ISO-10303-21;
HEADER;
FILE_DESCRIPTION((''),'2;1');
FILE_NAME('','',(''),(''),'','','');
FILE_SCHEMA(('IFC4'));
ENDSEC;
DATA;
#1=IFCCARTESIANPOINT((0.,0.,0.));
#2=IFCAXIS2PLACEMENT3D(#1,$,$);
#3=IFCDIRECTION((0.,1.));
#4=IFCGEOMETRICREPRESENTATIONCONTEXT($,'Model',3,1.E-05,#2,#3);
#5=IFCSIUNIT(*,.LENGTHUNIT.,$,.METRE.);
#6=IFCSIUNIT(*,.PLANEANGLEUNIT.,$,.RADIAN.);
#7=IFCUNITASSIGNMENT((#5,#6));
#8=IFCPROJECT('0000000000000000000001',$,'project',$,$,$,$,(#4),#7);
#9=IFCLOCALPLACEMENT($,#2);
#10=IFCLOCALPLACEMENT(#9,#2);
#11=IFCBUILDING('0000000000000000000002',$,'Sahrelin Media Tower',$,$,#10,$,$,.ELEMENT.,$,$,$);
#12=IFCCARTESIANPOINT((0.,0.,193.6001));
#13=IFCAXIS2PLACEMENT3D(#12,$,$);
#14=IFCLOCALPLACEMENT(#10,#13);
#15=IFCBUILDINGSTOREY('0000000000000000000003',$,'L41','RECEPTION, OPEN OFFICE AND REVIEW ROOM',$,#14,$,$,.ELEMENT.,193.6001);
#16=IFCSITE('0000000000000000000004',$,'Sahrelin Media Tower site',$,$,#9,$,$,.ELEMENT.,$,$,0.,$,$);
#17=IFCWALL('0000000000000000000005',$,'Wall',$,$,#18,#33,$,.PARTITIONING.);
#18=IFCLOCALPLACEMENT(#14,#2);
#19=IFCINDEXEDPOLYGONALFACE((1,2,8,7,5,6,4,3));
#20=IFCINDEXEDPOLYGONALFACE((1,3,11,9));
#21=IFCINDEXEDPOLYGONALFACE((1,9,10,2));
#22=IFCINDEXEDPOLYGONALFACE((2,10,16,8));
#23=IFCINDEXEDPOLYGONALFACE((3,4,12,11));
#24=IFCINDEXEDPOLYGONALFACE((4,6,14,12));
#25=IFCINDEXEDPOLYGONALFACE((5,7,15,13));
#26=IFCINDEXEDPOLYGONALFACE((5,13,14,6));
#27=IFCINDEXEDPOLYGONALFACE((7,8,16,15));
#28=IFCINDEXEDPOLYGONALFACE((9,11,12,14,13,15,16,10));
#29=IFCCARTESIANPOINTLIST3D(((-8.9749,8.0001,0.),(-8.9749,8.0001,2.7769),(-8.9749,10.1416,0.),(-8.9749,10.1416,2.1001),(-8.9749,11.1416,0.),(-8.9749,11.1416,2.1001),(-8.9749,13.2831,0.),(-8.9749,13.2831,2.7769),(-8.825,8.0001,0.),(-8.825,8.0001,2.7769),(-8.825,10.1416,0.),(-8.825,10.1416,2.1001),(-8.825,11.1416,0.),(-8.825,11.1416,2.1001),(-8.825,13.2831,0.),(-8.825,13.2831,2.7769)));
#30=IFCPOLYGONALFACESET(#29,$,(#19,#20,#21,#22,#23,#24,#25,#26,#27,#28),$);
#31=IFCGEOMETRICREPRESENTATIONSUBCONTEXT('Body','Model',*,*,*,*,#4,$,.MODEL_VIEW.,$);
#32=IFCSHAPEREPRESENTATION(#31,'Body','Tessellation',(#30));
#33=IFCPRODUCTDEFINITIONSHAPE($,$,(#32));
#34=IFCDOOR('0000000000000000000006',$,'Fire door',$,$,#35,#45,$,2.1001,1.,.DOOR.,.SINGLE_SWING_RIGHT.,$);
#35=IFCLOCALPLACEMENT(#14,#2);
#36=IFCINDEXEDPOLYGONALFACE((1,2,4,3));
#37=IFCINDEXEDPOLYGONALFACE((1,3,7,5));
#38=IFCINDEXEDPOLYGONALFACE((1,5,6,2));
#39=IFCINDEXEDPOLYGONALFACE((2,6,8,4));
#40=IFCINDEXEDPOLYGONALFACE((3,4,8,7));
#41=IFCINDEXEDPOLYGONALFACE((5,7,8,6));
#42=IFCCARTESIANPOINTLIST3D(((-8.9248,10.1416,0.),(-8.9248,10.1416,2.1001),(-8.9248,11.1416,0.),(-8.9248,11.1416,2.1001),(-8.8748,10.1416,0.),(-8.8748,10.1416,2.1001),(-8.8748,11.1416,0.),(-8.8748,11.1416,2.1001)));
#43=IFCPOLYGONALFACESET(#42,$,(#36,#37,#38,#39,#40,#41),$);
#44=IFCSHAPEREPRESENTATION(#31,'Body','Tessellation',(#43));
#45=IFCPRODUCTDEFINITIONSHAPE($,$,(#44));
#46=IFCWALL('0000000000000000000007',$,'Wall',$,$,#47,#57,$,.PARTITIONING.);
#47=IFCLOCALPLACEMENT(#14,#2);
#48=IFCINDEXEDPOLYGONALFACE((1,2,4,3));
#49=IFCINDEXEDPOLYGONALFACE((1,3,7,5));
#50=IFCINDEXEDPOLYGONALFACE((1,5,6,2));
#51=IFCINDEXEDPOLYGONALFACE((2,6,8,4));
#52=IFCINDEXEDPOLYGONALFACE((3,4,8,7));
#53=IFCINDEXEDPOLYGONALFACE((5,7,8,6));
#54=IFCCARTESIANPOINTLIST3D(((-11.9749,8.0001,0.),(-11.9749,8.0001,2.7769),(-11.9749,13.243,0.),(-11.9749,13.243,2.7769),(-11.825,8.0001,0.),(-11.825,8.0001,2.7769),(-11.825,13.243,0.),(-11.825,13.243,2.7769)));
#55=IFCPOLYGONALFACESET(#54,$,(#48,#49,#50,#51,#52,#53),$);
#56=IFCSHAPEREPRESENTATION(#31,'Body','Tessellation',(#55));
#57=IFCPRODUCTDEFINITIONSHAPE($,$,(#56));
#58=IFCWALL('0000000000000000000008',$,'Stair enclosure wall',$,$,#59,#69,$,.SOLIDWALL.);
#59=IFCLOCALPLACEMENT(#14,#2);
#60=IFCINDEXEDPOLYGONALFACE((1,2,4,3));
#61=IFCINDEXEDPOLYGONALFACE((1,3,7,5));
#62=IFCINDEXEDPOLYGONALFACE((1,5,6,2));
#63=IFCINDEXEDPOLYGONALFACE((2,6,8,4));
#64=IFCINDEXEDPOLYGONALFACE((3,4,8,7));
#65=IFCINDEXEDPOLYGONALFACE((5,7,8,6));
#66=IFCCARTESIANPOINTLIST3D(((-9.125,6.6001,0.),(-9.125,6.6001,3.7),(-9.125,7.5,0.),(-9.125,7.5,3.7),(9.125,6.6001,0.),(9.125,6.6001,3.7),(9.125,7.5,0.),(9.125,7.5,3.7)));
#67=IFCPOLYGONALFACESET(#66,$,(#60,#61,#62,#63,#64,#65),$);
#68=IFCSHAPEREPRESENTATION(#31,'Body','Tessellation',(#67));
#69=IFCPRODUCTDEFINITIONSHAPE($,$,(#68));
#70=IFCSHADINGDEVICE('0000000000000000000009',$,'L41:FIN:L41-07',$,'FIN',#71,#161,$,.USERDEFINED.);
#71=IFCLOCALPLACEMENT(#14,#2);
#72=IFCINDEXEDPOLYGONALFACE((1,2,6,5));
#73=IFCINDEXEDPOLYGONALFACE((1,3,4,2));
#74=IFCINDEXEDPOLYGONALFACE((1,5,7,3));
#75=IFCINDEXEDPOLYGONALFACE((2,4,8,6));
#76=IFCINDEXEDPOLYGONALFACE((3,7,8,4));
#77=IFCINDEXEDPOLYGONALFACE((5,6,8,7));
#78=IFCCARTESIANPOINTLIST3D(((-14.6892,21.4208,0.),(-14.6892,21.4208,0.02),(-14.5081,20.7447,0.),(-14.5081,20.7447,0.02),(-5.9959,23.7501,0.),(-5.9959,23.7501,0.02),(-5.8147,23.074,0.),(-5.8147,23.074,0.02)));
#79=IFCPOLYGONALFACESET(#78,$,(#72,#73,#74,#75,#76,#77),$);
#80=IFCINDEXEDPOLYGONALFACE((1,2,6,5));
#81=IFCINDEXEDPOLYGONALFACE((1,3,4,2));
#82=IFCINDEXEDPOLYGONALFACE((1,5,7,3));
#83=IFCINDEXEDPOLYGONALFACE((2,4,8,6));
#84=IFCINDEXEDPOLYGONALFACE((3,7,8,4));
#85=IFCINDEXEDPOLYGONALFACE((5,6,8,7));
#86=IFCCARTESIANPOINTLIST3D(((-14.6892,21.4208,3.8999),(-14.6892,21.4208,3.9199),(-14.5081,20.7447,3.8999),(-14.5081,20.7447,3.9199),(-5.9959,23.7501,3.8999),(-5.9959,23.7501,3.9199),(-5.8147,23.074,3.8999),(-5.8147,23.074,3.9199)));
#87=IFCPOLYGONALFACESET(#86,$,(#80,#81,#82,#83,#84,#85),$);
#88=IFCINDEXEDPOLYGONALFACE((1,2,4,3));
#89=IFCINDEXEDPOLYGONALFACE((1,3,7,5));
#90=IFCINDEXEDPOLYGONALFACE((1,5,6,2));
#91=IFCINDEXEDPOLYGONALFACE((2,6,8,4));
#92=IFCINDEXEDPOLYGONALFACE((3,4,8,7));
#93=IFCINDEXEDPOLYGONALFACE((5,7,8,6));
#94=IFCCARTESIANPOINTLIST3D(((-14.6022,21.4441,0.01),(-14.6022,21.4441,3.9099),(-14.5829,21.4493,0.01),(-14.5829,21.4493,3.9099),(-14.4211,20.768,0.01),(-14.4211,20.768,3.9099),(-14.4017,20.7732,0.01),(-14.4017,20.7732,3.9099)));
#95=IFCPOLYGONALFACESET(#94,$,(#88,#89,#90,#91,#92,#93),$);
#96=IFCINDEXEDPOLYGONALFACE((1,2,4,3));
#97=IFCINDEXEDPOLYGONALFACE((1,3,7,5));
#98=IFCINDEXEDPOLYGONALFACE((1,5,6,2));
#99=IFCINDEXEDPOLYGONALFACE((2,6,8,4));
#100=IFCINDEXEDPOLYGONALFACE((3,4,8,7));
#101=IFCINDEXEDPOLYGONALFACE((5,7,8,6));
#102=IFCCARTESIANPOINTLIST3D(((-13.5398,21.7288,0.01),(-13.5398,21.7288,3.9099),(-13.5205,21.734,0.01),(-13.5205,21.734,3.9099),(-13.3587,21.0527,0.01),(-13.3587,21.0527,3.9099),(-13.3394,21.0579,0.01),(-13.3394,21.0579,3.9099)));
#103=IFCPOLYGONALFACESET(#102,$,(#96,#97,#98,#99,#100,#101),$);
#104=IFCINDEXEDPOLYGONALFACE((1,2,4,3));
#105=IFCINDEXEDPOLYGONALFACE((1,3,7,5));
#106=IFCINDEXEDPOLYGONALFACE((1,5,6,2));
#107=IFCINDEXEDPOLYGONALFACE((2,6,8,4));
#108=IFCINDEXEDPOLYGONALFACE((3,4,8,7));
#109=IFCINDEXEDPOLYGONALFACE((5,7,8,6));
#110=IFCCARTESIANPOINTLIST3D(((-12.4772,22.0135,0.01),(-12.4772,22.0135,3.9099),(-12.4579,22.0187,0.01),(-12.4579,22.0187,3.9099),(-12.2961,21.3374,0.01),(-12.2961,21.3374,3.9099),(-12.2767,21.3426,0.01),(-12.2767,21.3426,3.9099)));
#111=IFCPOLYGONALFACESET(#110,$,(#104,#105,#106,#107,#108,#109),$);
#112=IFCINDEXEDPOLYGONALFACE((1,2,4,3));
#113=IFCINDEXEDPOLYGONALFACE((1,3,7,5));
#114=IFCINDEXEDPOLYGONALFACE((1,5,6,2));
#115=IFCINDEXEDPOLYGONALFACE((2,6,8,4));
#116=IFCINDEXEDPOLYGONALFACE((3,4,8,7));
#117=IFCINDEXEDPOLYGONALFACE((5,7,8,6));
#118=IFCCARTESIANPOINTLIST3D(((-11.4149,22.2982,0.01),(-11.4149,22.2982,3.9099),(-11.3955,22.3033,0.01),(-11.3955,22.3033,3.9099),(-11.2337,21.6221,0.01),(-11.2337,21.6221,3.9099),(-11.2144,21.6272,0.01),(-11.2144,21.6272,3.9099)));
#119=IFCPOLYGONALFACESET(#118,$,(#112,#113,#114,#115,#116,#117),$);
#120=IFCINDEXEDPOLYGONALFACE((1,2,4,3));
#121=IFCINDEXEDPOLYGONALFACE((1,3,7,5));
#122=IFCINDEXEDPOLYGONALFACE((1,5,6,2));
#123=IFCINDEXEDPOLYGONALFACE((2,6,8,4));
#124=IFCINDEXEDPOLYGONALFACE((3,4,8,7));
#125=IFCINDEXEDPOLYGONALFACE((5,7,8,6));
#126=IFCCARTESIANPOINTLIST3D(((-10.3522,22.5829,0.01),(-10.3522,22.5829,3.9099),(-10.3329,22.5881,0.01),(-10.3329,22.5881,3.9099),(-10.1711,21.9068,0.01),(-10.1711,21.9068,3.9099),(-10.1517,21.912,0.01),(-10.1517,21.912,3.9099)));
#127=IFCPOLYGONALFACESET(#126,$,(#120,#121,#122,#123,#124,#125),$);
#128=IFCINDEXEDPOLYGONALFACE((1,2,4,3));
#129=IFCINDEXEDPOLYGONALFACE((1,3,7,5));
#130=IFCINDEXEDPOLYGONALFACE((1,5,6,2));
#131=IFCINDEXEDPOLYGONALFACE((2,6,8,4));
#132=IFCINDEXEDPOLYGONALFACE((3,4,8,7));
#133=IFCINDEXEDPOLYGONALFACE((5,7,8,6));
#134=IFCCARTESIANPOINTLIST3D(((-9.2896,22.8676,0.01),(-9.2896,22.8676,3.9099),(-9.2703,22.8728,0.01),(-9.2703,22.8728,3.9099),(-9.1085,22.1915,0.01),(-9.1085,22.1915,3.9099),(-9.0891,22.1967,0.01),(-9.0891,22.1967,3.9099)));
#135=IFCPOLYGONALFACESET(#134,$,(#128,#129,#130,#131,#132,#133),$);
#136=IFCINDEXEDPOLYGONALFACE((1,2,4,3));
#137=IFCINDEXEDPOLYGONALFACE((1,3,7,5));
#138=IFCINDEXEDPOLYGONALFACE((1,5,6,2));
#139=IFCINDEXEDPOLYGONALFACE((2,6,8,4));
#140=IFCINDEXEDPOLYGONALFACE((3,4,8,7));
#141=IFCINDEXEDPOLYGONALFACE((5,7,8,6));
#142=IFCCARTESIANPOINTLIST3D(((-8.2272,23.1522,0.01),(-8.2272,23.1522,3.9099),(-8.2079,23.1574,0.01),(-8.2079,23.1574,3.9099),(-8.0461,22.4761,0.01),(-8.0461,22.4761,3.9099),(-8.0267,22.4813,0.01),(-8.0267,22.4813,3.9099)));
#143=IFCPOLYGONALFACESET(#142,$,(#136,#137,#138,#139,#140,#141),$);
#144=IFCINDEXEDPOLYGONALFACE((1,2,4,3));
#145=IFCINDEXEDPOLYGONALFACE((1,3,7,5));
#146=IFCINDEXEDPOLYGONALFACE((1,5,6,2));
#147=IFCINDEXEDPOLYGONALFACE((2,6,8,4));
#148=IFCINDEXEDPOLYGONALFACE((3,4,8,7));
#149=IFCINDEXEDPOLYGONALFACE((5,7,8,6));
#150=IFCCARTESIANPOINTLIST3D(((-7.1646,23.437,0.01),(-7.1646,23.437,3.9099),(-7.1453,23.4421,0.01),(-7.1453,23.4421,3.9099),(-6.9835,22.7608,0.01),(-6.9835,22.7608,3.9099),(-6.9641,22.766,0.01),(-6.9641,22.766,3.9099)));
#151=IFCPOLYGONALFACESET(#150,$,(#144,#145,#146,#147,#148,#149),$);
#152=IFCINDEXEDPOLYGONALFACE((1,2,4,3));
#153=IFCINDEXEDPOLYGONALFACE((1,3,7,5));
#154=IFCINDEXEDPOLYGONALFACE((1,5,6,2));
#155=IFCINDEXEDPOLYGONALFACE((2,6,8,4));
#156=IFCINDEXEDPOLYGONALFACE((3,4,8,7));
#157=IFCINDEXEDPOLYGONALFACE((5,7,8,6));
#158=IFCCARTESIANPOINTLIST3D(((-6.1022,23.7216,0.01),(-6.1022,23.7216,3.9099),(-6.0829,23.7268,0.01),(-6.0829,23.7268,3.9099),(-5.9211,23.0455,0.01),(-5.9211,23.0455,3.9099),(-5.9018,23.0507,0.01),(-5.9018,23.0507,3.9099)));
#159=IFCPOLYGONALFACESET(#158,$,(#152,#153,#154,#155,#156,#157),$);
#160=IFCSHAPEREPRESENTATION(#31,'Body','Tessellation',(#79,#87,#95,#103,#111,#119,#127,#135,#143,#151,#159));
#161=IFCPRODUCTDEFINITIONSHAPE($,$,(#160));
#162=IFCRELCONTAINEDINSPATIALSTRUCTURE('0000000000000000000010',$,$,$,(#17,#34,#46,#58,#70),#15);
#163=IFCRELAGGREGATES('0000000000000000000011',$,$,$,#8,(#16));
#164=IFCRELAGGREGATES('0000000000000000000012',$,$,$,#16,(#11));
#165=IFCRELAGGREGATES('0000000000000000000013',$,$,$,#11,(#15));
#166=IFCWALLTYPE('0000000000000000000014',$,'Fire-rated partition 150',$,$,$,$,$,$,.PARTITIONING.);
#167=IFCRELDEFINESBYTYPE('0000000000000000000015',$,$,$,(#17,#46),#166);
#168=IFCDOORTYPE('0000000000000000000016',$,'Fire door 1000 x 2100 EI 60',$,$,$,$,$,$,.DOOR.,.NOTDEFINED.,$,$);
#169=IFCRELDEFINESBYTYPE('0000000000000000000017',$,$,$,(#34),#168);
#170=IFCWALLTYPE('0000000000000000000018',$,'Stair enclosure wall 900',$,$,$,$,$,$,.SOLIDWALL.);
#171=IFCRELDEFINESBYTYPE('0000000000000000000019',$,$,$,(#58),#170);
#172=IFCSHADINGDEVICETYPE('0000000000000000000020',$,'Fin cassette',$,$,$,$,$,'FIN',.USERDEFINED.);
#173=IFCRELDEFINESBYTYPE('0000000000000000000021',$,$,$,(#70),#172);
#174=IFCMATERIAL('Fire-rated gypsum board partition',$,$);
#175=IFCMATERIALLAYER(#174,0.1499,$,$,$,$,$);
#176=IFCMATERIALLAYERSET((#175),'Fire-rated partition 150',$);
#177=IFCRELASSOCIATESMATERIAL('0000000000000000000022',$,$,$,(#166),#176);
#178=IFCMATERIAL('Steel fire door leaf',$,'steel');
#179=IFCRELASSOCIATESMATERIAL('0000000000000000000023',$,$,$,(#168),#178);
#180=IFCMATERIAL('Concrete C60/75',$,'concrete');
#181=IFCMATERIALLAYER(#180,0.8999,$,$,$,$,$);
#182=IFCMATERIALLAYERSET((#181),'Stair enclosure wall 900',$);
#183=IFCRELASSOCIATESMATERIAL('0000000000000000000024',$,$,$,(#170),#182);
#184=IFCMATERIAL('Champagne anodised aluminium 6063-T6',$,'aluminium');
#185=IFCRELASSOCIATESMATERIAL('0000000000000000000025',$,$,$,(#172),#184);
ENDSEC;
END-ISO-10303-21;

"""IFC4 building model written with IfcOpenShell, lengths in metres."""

from ifc_helpers import new_model, si_unit, direction, frame, frame_2d, origin, origin_2d, place, context, subcontext, project, spatial, rectangle, extrude, material, layer, layer_set, type_object, element, fill, save


model = new_model("IFC4")

# Units and contexts
model_context = context("Model", 3, precision=1e-05, world=origin(), true_north=direction((0.0, 1.0)))
body_context = subcontext(model_context, "Body", "Model", "MODEL_VIEW")
ifc_project = project(units=[si_unit("LENGTHUNIT", "METRE"), si_unit("PLANEANGLEUNIT", "RADIAN")], contexts=[model_context])

# Site, building, storey
site_placement = place(None, origin())
site = spatial("IfcSite", under=ifc_project, at=site_placement, Name="Sahrelin Media Tower site", CompositionType="ELEMENT", RefElevation=0.0)
building_placement = place(site_placement, origin())
building = spatial("IfcBuilding", under=site, at=building_placement, Name="Sahrelin Media Tower", CompositionType="ELEMENT")
storey_placement = place(building_placement, frame((0.0, 0.0, 193.6001)))
storey = spatial("IfcBuildingStorey", under=building, at=storey_placement, Name="L41", Description="RECEPTION, OPEN OFFICE AND REVIEW ROOM", CompositionType="ELEMENT", Elevation=193.6001)

# Shared definitions
ifc_material_1 = material(Name="Champagne anodised aluminium 6063-T6", Category="aluminium")

# Shared definitions
ifc_material_2 = material(Name="Concrete C60/75", Category="concrete")
ifc_material_3 = material(Name="Steel fire door leaf", Category="steel")

# Shared definitions
ifc_material_4 = material(Name="Fire-rated gypsum board partition")
ifc_layer_1 = layer(ifc_material_4, 0.1499)
ifc_layer_set_1 = layer_set([ifc_layer_1], Name="Fire-rated partition 150")
wall_type_1 = type_object("IfcWallType", Name="Fire-rated partition 150", PredefinedType="PARTITIONING", material=ifc_layer_set_1)

# Wall, opening, door
door_type_1 = type_object("IfcDoorType", Name="Fire door 1000 x 2100 EI 60", OperationType="NOTDEFINED", PredefinedType="DOOR", material=ifc_material_3)
wall_1_placement = place(storey_placement, frame((-8.8999, 8.0, 0.0), z_axis=(0.0, 0.0, 1.0), x_axis=(0.0, 1.0, 0.0)))
wall_1 = element("IfcWall", 1, at=wall_1_placement, inside=storey, type_object=wall_type_1, Name="Wall", PredefinedType="PARTITIONING", context=body_context, shape_type="SweptSolid", body=[
    extrude(rectangle(XDim=5.283, YDim=0.1499, at=frame_2d((2.6416, 0.0))), origin(), (0.0, 0.0, 1.0), 2.7769),
])
opening_1_placement = place(wall_1_placement, frame((2.1416, 0.0, 0.0)))
opening_1 = element("IfcOpeningElement", 2, at=opening_1_placement, cuts=wall_1, PredefinedType="OPENING", context=body_context, shape_type="SweptSolid", body=[
    extrude(rectangle(XDim=1.0, YDim=2.1001, at=frame_2d((0.5, 1.05))), frame((0.0, 0.075, 0.0), z_axis=(0.0, -1.0, 0.0), x_axis=(1.0, 0.0, 0.0)), (0.0, 0.0, 1.0), 0.1499),
])
door_1_placement = place(opening_1_placement, origin())
door_1 = element("IfcDoor", 3, at=door_1_placement, inside=storey, type_object=door_type_1, Name="Fire door", OperationType="SINGLE_SWING_RIGHT", OverallHeight=2.1001, OverallWidth=1.0, PredefinedType="DOOR", context=body_context, shape_type="SweptSolid", body=[
    extrude(rectangle(XDim=1.0, YDim=2.1001, at=frame_2d((0.5, 1.05))), frame((0.0, 0.0249, 0.0), z_axis=(0.0, -1.0, 0.0), x_axis=(1.0, 0.0, 0.0)), (0.0, 0.0, 1.0), 0.05),
])
fill(opening_1, door_1)

# Walls
wall_2_placement = place(storey_placement, frame((-11.8999, 8.0, 0.0), z_axis=(0.0, 0.0, 1.0), x_axis=(0.0, 1.0, 0.0)))
element("IfcWall", 4, at=wall_2_placement, inside=storey, type_object=wall_type_1, Name="Wall", PredefinedType="PARTITIONING", context=body_context, shape_type="SweptSolid", body=[
    extrude(rectangle(XDim=5.2429, YDim=0.1499, at=frame_2d((2.6216, 0.0))), origin(), (0.0, 0.0, 1.0), 2.7769),
])
ifc_layer_2 = layer(ifc_material_2, 0.8999)
ifc_layer_set_2 = layer_set([ifc_layer_2], Name="Stair enclosure wall 900")
wall_type_2 = type_object("IfcWallType", Name="Stair enclosure wall 900", PredefinedType="SOLIDWALL", material=ifc_layer_set_2)
wall_3_placement = place(storey_placement, frame((-9.125, 7.05, 0.0), z_axis=(0.0, 0.0, 1.0), x_axis=(1.0, 0.0, 0.0)))
element("IfcWall", 5, at=wall_3_placement, inside=storey, type_object=wall_type_2, Name="Stair enclosure wall", PredefinedType="SOLIDWALL", context=body_context, shape_type="SweptSolid", body=[
    extrude(rectangle(XDim=18.25, YDim=0.8999, at=frame_2d((9.125, 0.0))), origin(), (0.0, 0.0, 1.0), 3.7),
])

# Shading device
shading_device_type_1 = type_object("IfcShadingDeviceType", Name="Fin cassette", ElementType="FIN", PredefinedType="USERDEFINED", material=ifc_material_1)
placement = place(storey_placement, frame((-10.1433, 21.8418, 0.0), z_axis=(0.0, 0.0, 1.0), x_axis=(0.965929, 0.258808, 0.0)))
element("IfcShadingDevice", 6, at=placement, inside=storey, type_object=shading_device_type_1, Name="L41:FIN:L41-07", ObjectType="FIN", PredefinedType="USERDEFINED", context=body_context, shape_type="SweptSolid", body=[
    extrude(rectangle(XDim=9.0, YDim=0.7, at=origin_2d()), frame((0.0, 0.4199, 0.0)), (0.0, 0.0, 1.0), 0.02),
    extrude(rectangle(XDim=9.0, YDim=0.7, at=origin_2d()), frame((0.0, 0.4199, 3.8999)), (0.0, 0.0, 1.0), 0.02),
    extrude(rectangle(XDim=0.02, YDim=0.7, at=origin_2d()), frame((-4.3999, 0.4199, 0.01), z_axis=(0.0, 0.0, 1.0), x_axis=(1.0, 0.0, 0.0)), (0.0, 0.0, 1.0), 3.8999),
    extrude(rectangle(XDim=0.02, YDim=0.7, at=origin_2d()), frame((-3.3, 0.4199, 0.01), z_axis=(0.0, 0.0, 1.0), x_axis=(1.0, 0.0, 0.0)), (0.0, 0.0, 1.0), 3.8999),
    extrude(rectangle(XDim=0.02, YDim=0.7, at=origin_2d()), frame((-2.2, 0.4199, 0.01), z_axis=(0.0, 0.0, 1.0), x_axis=(1.0, 0.0, 0.0)), (0.0, 0.0, 1.0), 3.8999),
    extrude(rectangle(XDim=0.02, YDim=0.7, at=origin_2d()), frame((-1.1001, 0.4199, 0.01), z_axis=(0.0, 0.0, 1.0), x_axis=(1.0, 0.0, 0.0)), (0.0, 0.0, 1.0), 3.8999),
    extrude(rectangle(XDim=0.02, YDim=0.7, at=origin_2d()), frame((0.0, 0.4199, 0.01), z_axis=(0.0, 0.0, 1.0), x_axis=(1.0, 0.0, 0.0)), (0.0, 0.0, 1.0), 3.8999),
    extrude(rectangle(XDim=0.02, YDim=0.7, at=origin_2d()), frame((1.1001, 0.4199, 0.01), z_axis=(0.0, 0.0, 1.0), x_axis=(1.0, 0.0, 0.0)), (0.0, 0.0, 1.0), 3.8999),
    extrude(rectangle(XDim=0.02, YDim=0.7, at=origin_2d()), frame((2.2, 0.4199, 0.01), z_axis=(0.0, 0.0, 1.0), x_axis=(1.0, 0.0, 0.0)), (0.0, 0.0, 1.0), 3.8999),
    extrude(rectangle(XDim=0.02, YDim=0.7, at=origin_2d()), frame((3.3, 0.4199, 0.01), z_axis=(0.0, 0.0, 1.0), x_axis=(1.0, 0.0, 0.0)), (0.0, 0.0, 1.0), 3.8999),
    extrude(rectangle(XDim=0.02, YDim=0.7, at=origin_2d()), frame((4.3999, 0.4199, 0.01), z_axis=(0.0, 0.0, 1.0), x_axis=(1.0, 0.0, 0.0)), (0.0, 0.0, 1.0), 3.8999),
])

save(model, "model.ifc")
